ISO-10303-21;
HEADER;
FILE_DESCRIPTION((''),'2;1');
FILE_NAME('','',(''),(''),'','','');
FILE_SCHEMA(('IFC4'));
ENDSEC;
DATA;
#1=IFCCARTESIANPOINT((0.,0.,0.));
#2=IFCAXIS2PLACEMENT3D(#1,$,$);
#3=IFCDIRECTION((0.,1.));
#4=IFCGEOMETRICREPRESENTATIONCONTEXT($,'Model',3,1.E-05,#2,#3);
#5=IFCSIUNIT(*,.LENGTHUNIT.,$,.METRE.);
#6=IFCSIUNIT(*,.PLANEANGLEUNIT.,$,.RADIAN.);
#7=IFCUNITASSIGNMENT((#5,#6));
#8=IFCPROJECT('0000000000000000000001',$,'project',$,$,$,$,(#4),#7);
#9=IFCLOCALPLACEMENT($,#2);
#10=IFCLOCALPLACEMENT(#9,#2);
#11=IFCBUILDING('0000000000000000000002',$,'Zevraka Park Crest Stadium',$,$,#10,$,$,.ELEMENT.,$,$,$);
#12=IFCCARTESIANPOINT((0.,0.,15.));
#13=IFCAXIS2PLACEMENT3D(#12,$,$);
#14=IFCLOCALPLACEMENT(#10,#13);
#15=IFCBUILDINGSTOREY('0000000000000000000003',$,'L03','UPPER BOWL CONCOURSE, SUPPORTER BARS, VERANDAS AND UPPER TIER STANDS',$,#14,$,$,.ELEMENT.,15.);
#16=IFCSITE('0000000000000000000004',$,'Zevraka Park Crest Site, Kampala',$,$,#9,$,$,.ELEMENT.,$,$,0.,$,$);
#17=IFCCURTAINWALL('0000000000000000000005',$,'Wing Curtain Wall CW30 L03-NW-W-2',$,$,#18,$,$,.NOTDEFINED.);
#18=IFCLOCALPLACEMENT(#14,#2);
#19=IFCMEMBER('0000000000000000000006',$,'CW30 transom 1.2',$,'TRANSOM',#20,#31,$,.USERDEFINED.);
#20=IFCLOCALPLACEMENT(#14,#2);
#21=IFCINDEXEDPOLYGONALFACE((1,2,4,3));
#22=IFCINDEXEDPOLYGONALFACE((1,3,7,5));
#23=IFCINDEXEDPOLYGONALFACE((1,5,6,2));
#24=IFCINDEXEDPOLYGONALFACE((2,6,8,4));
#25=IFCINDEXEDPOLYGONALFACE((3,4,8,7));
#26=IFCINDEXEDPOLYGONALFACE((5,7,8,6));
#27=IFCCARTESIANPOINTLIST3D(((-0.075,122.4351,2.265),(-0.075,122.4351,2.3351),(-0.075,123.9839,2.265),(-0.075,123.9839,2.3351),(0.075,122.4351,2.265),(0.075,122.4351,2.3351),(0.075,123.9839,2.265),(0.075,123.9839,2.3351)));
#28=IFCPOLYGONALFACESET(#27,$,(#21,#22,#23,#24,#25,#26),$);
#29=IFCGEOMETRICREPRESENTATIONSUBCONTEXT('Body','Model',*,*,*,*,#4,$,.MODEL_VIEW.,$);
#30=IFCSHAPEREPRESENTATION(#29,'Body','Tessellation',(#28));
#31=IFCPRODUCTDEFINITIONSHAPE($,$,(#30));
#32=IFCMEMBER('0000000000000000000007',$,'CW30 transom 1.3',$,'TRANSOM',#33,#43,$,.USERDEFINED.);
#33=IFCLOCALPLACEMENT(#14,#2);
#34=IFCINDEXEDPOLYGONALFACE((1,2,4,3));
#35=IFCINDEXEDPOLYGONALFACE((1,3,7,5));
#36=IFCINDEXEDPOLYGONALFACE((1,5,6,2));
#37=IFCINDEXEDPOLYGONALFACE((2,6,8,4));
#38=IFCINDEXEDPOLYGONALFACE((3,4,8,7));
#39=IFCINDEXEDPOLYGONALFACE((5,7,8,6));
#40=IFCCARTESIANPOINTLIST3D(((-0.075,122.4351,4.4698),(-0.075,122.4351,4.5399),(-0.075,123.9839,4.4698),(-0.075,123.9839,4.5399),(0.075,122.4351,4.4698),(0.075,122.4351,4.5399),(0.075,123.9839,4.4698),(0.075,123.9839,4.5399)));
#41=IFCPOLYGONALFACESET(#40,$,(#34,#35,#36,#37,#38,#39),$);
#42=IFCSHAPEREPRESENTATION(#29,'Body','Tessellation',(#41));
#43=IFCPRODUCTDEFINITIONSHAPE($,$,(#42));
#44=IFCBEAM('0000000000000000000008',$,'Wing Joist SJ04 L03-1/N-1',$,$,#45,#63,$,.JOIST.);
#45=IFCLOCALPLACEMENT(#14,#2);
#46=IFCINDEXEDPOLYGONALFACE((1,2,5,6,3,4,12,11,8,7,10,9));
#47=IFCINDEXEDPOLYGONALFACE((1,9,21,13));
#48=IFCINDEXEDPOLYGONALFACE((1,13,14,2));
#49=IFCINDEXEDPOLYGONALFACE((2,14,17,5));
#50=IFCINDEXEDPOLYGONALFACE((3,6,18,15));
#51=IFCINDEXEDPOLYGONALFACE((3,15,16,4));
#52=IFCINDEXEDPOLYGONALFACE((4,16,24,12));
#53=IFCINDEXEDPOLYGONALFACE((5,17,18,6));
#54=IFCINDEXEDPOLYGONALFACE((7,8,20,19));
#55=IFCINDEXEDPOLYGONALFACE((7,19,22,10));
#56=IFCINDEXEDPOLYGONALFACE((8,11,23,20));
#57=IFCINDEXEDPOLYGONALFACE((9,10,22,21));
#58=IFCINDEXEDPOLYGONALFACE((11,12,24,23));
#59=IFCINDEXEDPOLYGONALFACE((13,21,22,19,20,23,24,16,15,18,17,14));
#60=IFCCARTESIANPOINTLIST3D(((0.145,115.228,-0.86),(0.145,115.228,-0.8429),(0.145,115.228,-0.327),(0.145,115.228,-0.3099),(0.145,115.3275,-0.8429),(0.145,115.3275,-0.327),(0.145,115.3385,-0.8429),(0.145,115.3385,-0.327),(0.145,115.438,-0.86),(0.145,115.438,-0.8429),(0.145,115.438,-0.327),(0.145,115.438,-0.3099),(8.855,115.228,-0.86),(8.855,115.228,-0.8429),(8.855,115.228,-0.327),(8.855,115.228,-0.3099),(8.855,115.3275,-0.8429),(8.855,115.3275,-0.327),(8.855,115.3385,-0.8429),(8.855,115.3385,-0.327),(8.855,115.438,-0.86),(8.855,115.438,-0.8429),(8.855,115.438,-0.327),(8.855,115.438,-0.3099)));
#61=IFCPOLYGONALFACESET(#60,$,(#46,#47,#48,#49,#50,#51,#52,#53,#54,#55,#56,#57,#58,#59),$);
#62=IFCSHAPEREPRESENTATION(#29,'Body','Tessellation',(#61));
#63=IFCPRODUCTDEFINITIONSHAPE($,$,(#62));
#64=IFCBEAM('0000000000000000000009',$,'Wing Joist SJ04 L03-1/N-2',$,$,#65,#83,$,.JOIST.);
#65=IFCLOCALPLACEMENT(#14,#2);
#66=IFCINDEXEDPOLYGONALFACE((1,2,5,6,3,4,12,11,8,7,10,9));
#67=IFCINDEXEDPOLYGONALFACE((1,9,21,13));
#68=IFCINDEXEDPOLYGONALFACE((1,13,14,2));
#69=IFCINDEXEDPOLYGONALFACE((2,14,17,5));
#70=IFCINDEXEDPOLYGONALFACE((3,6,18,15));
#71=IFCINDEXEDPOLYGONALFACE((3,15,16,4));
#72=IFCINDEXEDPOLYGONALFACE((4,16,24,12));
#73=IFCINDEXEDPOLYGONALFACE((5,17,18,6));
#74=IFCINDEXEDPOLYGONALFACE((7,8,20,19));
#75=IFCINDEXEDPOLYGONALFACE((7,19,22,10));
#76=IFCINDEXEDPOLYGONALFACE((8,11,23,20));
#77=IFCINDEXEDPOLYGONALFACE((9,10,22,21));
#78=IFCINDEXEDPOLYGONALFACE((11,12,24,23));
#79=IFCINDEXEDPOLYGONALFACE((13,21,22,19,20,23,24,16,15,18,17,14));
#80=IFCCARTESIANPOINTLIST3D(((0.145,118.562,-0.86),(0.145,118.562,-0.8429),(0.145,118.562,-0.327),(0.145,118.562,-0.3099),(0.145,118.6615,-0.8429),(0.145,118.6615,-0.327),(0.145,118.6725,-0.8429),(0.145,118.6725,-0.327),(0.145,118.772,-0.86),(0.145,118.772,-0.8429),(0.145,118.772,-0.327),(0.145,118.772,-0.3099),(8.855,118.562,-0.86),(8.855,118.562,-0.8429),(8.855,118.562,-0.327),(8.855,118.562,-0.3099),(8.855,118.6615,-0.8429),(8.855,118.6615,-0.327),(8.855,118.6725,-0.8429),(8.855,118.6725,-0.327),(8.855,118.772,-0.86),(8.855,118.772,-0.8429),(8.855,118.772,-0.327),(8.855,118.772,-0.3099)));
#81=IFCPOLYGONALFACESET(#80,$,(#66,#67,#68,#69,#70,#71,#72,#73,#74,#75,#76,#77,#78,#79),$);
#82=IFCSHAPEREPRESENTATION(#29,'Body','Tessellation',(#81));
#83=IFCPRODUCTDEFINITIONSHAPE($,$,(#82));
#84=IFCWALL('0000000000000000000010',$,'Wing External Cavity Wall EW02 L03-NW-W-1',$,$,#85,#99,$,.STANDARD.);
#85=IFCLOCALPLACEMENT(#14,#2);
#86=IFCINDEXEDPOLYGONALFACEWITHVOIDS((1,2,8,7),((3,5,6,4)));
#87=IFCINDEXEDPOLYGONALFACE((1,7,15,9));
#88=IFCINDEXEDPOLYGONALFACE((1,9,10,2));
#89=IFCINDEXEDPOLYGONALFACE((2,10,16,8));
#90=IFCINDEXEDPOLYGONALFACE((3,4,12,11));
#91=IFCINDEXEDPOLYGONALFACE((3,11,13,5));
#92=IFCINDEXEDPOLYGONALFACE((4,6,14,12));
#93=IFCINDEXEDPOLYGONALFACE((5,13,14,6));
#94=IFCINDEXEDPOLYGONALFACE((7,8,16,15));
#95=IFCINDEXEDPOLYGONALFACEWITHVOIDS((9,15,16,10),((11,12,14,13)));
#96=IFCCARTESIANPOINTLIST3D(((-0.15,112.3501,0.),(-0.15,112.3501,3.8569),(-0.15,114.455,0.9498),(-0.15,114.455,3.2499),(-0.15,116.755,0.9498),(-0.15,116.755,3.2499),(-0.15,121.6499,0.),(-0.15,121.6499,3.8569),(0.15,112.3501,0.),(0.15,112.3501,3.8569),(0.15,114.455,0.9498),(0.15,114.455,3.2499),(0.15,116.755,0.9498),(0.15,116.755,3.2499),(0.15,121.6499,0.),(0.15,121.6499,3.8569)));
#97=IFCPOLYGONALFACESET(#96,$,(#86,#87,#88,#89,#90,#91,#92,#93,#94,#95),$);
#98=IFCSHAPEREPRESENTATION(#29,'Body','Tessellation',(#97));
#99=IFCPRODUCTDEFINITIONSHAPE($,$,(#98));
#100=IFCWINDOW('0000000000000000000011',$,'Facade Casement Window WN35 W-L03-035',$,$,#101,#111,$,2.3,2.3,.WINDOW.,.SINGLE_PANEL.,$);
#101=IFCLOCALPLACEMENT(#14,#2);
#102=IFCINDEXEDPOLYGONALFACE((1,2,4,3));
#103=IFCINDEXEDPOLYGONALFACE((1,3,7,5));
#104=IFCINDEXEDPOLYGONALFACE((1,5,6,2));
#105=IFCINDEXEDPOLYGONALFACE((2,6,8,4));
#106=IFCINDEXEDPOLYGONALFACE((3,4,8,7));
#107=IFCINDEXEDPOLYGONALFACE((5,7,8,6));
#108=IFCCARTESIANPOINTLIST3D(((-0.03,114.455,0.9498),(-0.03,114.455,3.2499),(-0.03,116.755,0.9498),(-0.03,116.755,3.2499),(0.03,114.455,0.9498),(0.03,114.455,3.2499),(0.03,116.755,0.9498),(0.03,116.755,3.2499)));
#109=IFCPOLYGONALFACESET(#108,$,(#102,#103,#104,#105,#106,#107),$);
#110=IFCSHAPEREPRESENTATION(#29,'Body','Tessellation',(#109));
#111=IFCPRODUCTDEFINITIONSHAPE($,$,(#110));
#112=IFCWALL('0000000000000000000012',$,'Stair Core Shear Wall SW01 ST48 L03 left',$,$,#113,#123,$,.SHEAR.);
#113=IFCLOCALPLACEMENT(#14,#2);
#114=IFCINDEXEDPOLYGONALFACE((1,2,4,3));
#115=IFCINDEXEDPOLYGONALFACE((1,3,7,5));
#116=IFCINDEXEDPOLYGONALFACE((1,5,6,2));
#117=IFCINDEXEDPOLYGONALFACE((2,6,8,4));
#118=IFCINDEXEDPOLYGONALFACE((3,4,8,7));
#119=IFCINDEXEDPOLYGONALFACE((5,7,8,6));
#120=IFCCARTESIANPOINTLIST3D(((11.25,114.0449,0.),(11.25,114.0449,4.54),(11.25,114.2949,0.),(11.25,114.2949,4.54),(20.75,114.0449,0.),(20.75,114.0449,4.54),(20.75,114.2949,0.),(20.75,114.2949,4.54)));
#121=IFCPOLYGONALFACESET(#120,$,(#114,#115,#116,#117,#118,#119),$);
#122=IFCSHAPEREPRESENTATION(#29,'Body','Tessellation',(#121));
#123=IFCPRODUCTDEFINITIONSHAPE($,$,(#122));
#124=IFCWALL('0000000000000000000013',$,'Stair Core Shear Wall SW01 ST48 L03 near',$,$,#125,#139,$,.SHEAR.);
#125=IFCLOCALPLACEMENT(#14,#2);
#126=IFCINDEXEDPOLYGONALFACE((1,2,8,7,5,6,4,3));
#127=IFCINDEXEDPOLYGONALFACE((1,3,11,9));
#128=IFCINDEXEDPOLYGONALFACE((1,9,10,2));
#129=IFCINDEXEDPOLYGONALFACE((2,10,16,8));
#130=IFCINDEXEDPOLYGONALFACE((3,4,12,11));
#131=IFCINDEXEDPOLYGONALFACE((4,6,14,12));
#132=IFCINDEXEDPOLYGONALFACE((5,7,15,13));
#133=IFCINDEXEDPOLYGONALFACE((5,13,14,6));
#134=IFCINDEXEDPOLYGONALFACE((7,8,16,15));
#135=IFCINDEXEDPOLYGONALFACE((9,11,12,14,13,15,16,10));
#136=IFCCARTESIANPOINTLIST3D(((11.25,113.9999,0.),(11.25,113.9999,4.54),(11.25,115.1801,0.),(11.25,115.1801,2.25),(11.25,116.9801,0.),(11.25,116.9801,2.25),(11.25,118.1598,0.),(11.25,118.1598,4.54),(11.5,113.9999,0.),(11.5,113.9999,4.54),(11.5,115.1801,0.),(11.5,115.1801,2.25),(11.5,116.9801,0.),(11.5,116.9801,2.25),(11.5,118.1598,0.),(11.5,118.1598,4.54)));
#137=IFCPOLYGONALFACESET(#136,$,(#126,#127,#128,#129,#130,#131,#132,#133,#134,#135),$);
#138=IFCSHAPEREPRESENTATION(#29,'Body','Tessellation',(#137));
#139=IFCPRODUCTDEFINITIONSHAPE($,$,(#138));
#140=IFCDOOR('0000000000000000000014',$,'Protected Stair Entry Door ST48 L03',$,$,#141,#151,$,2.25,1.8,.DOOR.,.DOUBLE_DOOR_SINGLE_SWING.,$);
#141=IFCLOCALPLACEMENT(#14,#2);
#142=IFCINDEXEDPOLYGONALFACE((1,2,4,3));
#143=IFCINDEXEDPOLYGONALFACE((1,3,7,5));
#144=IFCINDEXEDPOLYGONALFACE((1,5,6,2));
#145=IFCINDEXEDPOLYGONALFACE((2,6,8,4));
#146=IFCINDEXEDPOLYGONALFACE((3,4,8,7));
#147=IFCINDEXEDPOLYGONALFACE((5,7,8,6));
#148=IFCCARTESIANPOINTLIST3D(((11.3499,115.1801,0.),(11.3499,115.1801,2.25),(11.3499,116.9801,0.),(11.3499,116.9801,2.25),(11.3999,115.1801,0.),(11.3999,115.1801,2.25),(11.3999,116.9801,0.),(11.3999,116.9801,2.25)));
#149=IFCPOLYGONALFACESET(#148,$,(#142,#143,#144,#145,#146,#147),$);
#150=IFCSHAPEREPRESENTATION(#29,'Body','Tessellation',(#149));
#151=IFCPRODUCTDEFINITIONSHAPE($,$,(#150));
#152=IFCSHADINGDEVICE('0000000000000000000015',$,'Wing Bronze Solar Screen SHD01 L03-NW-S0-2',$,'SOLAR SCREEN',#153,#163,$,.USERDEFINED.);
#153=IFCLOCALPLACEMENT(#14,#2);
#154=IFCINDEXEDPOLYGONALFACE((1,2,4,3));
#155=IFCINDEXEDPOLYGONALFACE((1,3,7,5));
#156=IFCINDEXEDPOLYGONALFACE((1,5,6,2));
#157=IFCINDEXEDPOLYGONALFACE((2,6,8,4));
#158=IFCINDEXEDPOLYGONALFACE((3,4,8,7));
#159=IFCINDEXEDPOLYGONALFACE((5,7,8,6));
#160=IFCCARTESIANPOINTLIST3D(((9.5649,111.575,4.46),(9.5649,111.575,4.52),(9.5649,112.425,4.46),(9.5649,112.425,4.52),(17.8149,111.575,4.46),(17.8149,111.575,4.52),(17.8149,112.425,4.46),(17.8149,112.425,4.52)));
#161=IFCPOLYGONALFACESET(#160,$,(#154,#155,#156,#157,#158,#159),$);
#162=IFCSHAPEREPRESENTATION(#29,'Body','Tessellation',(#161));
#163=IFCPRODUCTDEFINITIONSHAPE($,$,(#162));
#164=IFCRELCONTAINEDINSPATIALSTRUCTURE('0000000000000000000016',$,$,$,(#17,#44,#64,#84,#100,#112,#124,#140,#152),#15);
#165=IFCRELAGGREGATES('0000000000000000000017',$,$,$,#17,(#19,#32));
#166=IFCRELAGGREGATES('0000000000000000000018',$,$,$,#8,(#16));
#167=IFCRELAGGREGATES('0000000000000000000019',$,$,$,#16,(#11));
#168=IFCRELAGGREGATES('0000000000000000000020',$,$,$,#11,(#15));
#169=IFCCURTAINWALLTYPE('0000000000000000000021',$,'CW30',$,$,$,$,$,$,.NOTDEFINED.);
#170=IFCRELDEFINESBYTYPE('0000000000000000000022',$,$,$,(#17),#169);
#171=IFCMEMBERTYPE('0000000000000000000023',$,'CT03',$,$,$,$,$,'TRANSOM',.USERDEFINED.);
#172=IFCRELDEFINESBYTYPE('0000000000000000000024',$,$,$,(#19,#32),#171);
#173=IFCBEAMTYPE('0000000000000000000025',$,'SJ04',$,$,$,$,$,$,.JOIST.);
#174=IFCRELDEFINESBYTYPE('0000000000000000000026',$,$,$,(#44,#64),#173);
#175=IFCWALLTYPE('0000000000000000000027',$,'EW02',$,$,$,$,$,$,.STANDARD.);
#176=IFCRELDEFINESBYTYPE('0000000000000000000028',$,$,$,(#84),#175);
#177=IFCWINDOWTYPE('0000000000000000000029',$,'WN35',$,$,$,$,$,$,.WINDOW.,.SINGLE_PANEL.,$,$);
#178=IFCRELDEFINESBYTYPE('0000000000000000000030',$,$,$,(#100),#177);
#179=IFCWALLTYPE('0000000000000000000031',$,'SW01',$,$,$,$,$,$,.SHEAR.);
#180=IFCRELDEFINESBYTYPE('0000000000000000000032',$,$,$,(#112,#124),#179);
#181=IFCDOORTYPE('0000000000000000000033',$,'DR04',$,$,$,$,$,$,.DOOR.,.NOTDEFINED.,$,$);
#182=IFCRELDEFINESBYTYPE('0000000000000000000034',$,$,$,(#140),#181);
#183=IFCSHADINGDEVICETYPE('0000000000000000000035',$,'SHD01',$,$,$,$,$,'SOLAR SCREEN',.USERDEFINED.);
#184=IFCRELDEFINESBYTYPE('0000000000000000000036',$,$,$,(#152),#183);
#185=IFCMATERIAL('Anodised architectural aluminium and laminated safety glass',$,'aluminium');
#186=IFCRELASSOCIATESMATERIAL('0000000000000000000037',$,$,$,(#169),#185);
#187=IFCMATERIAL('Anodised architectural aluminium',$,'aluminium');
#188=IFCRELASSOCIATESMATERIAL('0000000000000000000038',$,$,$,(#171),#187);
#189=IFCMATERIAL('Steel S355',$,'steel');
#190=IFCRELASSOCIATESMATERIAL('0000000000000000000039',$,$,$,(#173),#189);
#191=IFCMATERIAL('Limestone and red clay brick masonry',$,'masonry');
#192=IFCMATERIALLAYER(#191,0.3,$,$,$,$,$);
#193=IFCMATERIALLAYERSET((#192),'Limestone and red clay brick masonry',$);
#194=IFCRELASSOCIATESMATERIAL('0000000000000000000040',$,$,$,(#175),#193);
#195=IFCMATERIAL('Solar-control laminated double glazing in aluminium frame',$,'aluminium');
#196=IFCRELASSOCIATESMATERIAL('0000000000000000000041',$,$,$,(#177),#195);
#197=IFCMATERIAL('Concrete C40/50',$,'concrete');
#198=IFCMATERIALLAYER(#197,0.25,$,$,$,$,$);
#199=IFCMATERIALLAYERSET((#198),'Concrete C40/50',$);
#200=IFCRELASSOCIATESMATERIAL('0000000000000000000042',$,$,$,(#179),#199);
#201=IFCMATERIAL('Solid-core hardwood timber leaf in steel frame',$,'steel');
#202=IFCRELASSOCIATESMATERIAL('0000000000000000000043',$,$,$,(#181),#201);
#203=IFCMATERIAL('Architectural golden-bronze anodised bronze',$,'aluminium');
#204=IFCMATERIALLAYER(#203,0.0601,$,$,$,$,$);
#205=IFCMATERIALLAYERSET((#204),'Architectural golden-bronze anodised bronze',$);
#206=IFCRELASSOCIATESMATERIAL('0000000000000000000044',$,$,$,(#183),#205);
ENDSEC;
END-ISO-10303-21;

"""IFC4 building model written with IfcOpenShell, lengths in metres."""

from ifc_helpers import new_model, si_unit, direction, frame, frame_2d, origin, origin_2d, place, context, subcontext, project, spatial, rectangle, i_section, extrude, material, layer, layer_set, material_profile, profile_set, type_object, element, fill, aggregate, save


model = new_model("IFC4")

# Units and contexts
model_context = context("Model", 3, precision=1e-05, world=origin(), true_north=direction((0.0, 1.0)))
body_context = subcontext(model_context, "Body", "Model", "MODEL_VIEW")
ifc_project = project(units=[si_unit("LENGTHUNIT", "METRE"), si_unit("PLANEANGLEUNIT", "RADIAN")], contexts=[model_context])

# Site, building, storey
site_placement = place(None, origin())
site = spatial("IfcSite", under=ifc_project, at=site_placement, Name="Zevraka Park Crest Site, Kampala", CompositionType="ELEMENT", RefElevation=0.0)
building_placement = place(site_placement, origin())
building = spatial("IfcBuilding", under=site, at=building_placement, Name="Zevraka Park Crest Stadium", CompositionType="ELEMENT")
storey_placement = place(building_placement, frame((0.0, 0.0, 15.0)))
storey = spatial("IfcBuildingStorey", under=building, at=storey_placement, Name="L03", Description="UPPER BOWL CONCOURSE, SUPPORTER BARS, VERANDAS AND UPPER TIER STANDS", CompositionType="ELEMENT", Elevation=15.0)

# Curtain wall, members
ifc_material_1 = material(Name="Anodised architectural aluminium and laminated safety glass", Category="aluminium")
curtain_wall_type = type_object("IfcCurtainWallType", Name="CW30", PredefinedType="NOTDEFINED", material=ifc_material_1)
curtain_wall_placement = place(storey_placement, origin())
curtain_wall = element("IfcCurtainWall", 1, at=curtain_wall_placement, inside=storey, type_object=curtain_wall_type, Name="Wing Curtain Wall CW30 L03-NW-W-2", PredefinedType="NOTDEFINED")
ifc_material_2 = material(Name="Anodised architectural aluminium", Category="aluminium")
ifc_material_profile_1 = material_profile(ifc_material_2, rectangle(XDim=0.1499, YDim=0.0701, at=origin_2d()), Name="ALU TRANSOM 150x70")
ifc_profile_set_1 = profile_set([ifc_material_profile_1], Name="Anodised architectural aluminium")
member_type_1 = type_object("IfcMemberType", Name="CT03", ElementType="TRANSOM", PredefinedType="USERDEFINED", material=ifc_profile_set_1)
member_1_placement = place(storey_placement, frame((0.0, 122.4351, 2.3), z_axis=(0.0, 1.0, 0.0), x_axis=(-1.0, 0.0, 0.0)))
member_1 = element("IfcMember", 2, at=member_1_placement, type_object=member_type_1, Name="CW30 transom 1.2", ObjectType="TRANSOM", PredefinedType="USERDEFINED", context=body_context, shape_type="SweptSolid", body=[
    extrude(rectangle(XDim=0.1499, YDim=0.0701, at=origin_2d()), origin(), (0.0, 0.0, 1.0), 1.5488),
])
member_2_placement = place(storey_placement, frame((0.0, 122.4351, 4.5049), z_axis=(0.0, 1.0, 0.0), x_axis=(-1.0, 0.0, 0.0)))
member_2 = element("IfcMember", 3, at=member_2_placement, type_object=member_type_1, Name="CW30 transom 1.3", ObjectType="TRANSOM", PredefinedType="USERDEFINED", context=body_context, shape_type="SweptSolid", body=[
    extrude(rectangle(XDim=0.1499, YDim=0.0701, at=origin_2d()), origin(), (0.0, 0.0, 1.0), 1.5488),
])
aggregate(curtain_wall, [member_1, member_2])

# Beams
ifc_material_3 = material(Name="Steel S355", Category="steel")
ifc_material_profile_2 = material_profile(ifc_material_3, i_section(OverallWidth=0.21, OverallDepth=0.55, WebThickness=0.011, FlangeThickness=0.0171, at=origin_2d()), Name="IPE 550")
ifc_profile_set_2 = profile_set([ifc_material_profile_2], Name="Steel S355")
beam_type_1 = type_object("IfcBeamType", Name="SJ04", PredefinedType="JOIST", material=ifc_profile_set_2)
for number, where, z_axis, x_axis, name in (
    (4, (0.145, 115.333, -0.585), (1.0, 0.0, 0.0), (0.0, 1.0, 0.0), "Wing Joist SJ04 L03-1/N-1"),
    (5, (0.145, 118.667, -0.585), (1.0, 0.0, 0.0), (0.0, 1.0, 0.0), "Wing Joist SJ04 L03-1/N-2"),
):
    element("IfcBeam", number, at=place(storey_placement, frame(where, z_axis=z_axis, x_axis=x_axis)), inside=storey, type_object=beam_type_1, Name=name, PredefinedType="JOIST", context=body_context, shape_type="SweptSolid", body=[
        extrude(i_section(OverallWidth=0.21, OverallDepth=0.55, WebThickness=0.011, FlangeThickness=0.0171, at=origin_2d()), origin(), (0.0, 0.0, 1.0), 8.71),
    ])

# Wall, opening, window
ifc_material_4 = material(Name="Limestone and red clay brick masonry", Category="masonry")
ifc_layer_1 = layer(ifc_material_4, 0.3)
ifc_layer_set_1 = layer_set([ifc_layer_1], Name="Limestone and red clay brick masonry")
wall_type_1 = type_object("IfcWallType", Name="EW02", PredefinedType="STANDARD", material=ifc_layer_set_1)
wall_1_placement = place(storey_placement, frame((0.0, 112.3501, 0.0), z_axis=(0.0, 0.0, 1.0), x_axis=(0.0, 1.0, 0.0)))
wall_1 = element("IfcWall", 6, at=wall_1_placement, inside=storey, type_object=wall_type_1, Name="Wing External Cavity Wall EW02 L03-NW-W-1", PredefinedType="STANDARD", context=body_context, shape_type="SweptSolid", body=[
    extrude(rectangle(XDim=9.2998, YDim=0.3, at=frame_2d((4.6499, 0.0))), origin(), (0.0, 0.0, 1.0), 3.8569),
])
opening_1_placement = place(wall_1_placement, frame((2.105, 0.0, 0.95)))
opening_1 = element("IfcOpeningElement", 7, at=opening_1_placement, cuts=wall_1, PredefinedType="OPENING", context=body_context, shape_type="SweptSolid", body=[
    extrude(rectangle(XDim=2.3, YDim=2.3, at=frame_2d((1.1499, 1.1499))), frame((0.0, 0.1599, 0.0), z_axis=(0.0, -1.0, 0.0), x_axis=(1.0, 0.0, 0.0)), (0.0, 0.0, 1.0), 0.3201),
])
ifc_material_5 = material(Name="Solar-control laminated double glazing in aluminium frame", Category="aluminium")
window_type = type_object("IfcWindowType", Name="WN35", PartitioningType="SINGLE_PANEL", PredefinedType="WINDOW", material=ifc_material_5)
window_placement = place(opening_1_placement, origin())
window = element("IfcWindow", 8, at=window_placement, inside=storey, type_object=window_type, Name="Facade Casement Window WN35 W-L03-035", OverallHeight=2.3, OverallWidth=2.3, PartitioningType="SINGLE_PANEL", PredefinedType="WINDOW", context=body_context, shape_type="SweptSolid", body=[
    extrude(rectangle(XDim=2.3, YDim=2.3, at=frame_2d((1.1499, 1.1499))), frame((0.0, 0.03, 0.0), z_axis=(0.0, -1.0, 0.0), x_axis=(1.0, 0.0, 0.0)), (0.0, 0.0, 1.0), 0.0601),
])
fill(opening_1, window)

# Wall
ifc_material_6 = material(Name="Concrete C40/50", Category="concrete")
ifc_layer_2 = layer(ifc_material_6, 0.25)
ifc_layer_set_2 = layer_set([ifc_layer_2], Name="Concrete C40/50")
wall_type_2 = type_object("IfcWallType", Name="SW01", PredefinedType="SHEAR", material=ifc_layer_set_2)
wall_2_placement = place(storey_placement, frame((11.25, 114.1699, 0.0), z_axis=(0.0, 0.0, 1.0), x_axis=(1.0, 0.0, 0.0)))
element("IfcWall", 9, at=wall_2_placement, inside=storey, type_object=wall_type_2, Name="Stair Core Shear Wall SW01 ST48 L03 left", PredefinedType="SHEAR", context=body_context, shape_type="SweptSolid", body=[
    extrude(rectangle(XDim=9.5, YDim=0.25, at=frame_2d((4.75, 0.0))), origin(), (0.0, 0.0, 1.0), 4.54),
])

# Wall, opening, door
wall_3_placement = place(storey_placement, frame((11.375, 118.1599, 0.0), z_axis=(0.0, 0.0, 1.0), x_axis=(0.0, -1.0, 0.0)))
wall_3 = element("IfcWall", 10, at=wall_3_placement, inside=storey, type_object=wall_type_2, Name="Stair Core Shear Wall SW01 ST48 L03 near", PredefinedType="SHEAR", context=body_context, shape_type="SweptSolid", body=[
    extrude(rectangle(XDim=4.1599, YDim=0.25, at=frame_2d((2.0801, 0.0))), origin(), (0.0, 0.0, 1.0), 4.54),
])
opening_2_placement = place(wall_3_placement, frame((1.1799, 0.0, 0.0)))
opening_2 = element("IfcOpeningElement", 11, at=opening_2_placement, cuts=wall_3, PredefinedType="OPENING", context=body_context, shape_type="SweptSolid", body=[
    extrude(rectangle(XDim=1.8, YDim=2.25, at=frame_2d((0.8999, 1.125))), frame((0.0, 0.135, 0.0), z_axis=(0.0, -1.0, 0.0), x_axis=(1.0, 0.0, 0.0)), (0.0, 0.0, 1.0), 0.27),
])
ifc_material_7 = material(Name="Solid-core hardwood timber leaf in steel frame", Category="steel")
door_type = type_object("IfcDoorType", Name="DR04", OperationType="NOTDEFINED", PredefinedType="DOOR", material=ifc_material_7)
door_placement = place(opening_2_placement, origin())
door = element("IfcDoor", 12, at=door_placement, inside=storey, type_object=door_type, Name="Protected Stair Entry Door ST48 L03", OperationType="DOUBLE_DOOR_SINGLE_SWING", OverallHeight=2.25, OverallWidth=1.8, PredefinedType="DOOR", context=body_context, shape_type="SweptSolid", body=[
    extrude(rectangle(XDim=1.8, YDim=2.25, at=frame_2d((0.8999, 1.125))), frame((0.0, 0.0249, 0.0), z_axis=(0.0, -1.0, 0.0), x_axis=(1.0, 0.0, 0.0)), (0.0, 0.0, 1.0), 0.05),
])
fill(opening_2, door)

# Shading device
ifc_material_8 = material(Name="Architectural golden-bronze anodised bronze", Category="aluminium")
ifc_layer_3 = layer(ifc_material_8, 0.0601)
ifc_layer_set_3 = layer_set([ifc_layer_3], Name="Architectural golden-bronze anodised bronze")
shading_device_type = type_object("IfcShadingDeviceType", Name="SHD01", ElementType="SOLAR SCREEN", PredefinedType="USERDEFINED", material=ifc_layer_set_3)
shading_device_placement = place(storey_placement, frame((13.6899, 112.0, 4.46), z_axis=(0.0, 0.0, 1.0), x_axis=(-1.0, 0.0, 0.0)))
element("IfcShadingDevice", 13, at=shading_device_placement, inside=storey, type_object=shading_device_type, Name="Wing Bronze Solar Screen SHD01 L03-NW-S0-2", ObjectType="SOLAR SCREEN", PredefinedType="USERDEFINED", context=body_context, shape_type="SweptSolid", body=[
    extrude(rectangle(XDim=8.25, YDim=0.8501, at=origin_2d()), origin(), (0.0, 0.0, 1.0), 0.0601),
])

save(model, "model.ifc")
